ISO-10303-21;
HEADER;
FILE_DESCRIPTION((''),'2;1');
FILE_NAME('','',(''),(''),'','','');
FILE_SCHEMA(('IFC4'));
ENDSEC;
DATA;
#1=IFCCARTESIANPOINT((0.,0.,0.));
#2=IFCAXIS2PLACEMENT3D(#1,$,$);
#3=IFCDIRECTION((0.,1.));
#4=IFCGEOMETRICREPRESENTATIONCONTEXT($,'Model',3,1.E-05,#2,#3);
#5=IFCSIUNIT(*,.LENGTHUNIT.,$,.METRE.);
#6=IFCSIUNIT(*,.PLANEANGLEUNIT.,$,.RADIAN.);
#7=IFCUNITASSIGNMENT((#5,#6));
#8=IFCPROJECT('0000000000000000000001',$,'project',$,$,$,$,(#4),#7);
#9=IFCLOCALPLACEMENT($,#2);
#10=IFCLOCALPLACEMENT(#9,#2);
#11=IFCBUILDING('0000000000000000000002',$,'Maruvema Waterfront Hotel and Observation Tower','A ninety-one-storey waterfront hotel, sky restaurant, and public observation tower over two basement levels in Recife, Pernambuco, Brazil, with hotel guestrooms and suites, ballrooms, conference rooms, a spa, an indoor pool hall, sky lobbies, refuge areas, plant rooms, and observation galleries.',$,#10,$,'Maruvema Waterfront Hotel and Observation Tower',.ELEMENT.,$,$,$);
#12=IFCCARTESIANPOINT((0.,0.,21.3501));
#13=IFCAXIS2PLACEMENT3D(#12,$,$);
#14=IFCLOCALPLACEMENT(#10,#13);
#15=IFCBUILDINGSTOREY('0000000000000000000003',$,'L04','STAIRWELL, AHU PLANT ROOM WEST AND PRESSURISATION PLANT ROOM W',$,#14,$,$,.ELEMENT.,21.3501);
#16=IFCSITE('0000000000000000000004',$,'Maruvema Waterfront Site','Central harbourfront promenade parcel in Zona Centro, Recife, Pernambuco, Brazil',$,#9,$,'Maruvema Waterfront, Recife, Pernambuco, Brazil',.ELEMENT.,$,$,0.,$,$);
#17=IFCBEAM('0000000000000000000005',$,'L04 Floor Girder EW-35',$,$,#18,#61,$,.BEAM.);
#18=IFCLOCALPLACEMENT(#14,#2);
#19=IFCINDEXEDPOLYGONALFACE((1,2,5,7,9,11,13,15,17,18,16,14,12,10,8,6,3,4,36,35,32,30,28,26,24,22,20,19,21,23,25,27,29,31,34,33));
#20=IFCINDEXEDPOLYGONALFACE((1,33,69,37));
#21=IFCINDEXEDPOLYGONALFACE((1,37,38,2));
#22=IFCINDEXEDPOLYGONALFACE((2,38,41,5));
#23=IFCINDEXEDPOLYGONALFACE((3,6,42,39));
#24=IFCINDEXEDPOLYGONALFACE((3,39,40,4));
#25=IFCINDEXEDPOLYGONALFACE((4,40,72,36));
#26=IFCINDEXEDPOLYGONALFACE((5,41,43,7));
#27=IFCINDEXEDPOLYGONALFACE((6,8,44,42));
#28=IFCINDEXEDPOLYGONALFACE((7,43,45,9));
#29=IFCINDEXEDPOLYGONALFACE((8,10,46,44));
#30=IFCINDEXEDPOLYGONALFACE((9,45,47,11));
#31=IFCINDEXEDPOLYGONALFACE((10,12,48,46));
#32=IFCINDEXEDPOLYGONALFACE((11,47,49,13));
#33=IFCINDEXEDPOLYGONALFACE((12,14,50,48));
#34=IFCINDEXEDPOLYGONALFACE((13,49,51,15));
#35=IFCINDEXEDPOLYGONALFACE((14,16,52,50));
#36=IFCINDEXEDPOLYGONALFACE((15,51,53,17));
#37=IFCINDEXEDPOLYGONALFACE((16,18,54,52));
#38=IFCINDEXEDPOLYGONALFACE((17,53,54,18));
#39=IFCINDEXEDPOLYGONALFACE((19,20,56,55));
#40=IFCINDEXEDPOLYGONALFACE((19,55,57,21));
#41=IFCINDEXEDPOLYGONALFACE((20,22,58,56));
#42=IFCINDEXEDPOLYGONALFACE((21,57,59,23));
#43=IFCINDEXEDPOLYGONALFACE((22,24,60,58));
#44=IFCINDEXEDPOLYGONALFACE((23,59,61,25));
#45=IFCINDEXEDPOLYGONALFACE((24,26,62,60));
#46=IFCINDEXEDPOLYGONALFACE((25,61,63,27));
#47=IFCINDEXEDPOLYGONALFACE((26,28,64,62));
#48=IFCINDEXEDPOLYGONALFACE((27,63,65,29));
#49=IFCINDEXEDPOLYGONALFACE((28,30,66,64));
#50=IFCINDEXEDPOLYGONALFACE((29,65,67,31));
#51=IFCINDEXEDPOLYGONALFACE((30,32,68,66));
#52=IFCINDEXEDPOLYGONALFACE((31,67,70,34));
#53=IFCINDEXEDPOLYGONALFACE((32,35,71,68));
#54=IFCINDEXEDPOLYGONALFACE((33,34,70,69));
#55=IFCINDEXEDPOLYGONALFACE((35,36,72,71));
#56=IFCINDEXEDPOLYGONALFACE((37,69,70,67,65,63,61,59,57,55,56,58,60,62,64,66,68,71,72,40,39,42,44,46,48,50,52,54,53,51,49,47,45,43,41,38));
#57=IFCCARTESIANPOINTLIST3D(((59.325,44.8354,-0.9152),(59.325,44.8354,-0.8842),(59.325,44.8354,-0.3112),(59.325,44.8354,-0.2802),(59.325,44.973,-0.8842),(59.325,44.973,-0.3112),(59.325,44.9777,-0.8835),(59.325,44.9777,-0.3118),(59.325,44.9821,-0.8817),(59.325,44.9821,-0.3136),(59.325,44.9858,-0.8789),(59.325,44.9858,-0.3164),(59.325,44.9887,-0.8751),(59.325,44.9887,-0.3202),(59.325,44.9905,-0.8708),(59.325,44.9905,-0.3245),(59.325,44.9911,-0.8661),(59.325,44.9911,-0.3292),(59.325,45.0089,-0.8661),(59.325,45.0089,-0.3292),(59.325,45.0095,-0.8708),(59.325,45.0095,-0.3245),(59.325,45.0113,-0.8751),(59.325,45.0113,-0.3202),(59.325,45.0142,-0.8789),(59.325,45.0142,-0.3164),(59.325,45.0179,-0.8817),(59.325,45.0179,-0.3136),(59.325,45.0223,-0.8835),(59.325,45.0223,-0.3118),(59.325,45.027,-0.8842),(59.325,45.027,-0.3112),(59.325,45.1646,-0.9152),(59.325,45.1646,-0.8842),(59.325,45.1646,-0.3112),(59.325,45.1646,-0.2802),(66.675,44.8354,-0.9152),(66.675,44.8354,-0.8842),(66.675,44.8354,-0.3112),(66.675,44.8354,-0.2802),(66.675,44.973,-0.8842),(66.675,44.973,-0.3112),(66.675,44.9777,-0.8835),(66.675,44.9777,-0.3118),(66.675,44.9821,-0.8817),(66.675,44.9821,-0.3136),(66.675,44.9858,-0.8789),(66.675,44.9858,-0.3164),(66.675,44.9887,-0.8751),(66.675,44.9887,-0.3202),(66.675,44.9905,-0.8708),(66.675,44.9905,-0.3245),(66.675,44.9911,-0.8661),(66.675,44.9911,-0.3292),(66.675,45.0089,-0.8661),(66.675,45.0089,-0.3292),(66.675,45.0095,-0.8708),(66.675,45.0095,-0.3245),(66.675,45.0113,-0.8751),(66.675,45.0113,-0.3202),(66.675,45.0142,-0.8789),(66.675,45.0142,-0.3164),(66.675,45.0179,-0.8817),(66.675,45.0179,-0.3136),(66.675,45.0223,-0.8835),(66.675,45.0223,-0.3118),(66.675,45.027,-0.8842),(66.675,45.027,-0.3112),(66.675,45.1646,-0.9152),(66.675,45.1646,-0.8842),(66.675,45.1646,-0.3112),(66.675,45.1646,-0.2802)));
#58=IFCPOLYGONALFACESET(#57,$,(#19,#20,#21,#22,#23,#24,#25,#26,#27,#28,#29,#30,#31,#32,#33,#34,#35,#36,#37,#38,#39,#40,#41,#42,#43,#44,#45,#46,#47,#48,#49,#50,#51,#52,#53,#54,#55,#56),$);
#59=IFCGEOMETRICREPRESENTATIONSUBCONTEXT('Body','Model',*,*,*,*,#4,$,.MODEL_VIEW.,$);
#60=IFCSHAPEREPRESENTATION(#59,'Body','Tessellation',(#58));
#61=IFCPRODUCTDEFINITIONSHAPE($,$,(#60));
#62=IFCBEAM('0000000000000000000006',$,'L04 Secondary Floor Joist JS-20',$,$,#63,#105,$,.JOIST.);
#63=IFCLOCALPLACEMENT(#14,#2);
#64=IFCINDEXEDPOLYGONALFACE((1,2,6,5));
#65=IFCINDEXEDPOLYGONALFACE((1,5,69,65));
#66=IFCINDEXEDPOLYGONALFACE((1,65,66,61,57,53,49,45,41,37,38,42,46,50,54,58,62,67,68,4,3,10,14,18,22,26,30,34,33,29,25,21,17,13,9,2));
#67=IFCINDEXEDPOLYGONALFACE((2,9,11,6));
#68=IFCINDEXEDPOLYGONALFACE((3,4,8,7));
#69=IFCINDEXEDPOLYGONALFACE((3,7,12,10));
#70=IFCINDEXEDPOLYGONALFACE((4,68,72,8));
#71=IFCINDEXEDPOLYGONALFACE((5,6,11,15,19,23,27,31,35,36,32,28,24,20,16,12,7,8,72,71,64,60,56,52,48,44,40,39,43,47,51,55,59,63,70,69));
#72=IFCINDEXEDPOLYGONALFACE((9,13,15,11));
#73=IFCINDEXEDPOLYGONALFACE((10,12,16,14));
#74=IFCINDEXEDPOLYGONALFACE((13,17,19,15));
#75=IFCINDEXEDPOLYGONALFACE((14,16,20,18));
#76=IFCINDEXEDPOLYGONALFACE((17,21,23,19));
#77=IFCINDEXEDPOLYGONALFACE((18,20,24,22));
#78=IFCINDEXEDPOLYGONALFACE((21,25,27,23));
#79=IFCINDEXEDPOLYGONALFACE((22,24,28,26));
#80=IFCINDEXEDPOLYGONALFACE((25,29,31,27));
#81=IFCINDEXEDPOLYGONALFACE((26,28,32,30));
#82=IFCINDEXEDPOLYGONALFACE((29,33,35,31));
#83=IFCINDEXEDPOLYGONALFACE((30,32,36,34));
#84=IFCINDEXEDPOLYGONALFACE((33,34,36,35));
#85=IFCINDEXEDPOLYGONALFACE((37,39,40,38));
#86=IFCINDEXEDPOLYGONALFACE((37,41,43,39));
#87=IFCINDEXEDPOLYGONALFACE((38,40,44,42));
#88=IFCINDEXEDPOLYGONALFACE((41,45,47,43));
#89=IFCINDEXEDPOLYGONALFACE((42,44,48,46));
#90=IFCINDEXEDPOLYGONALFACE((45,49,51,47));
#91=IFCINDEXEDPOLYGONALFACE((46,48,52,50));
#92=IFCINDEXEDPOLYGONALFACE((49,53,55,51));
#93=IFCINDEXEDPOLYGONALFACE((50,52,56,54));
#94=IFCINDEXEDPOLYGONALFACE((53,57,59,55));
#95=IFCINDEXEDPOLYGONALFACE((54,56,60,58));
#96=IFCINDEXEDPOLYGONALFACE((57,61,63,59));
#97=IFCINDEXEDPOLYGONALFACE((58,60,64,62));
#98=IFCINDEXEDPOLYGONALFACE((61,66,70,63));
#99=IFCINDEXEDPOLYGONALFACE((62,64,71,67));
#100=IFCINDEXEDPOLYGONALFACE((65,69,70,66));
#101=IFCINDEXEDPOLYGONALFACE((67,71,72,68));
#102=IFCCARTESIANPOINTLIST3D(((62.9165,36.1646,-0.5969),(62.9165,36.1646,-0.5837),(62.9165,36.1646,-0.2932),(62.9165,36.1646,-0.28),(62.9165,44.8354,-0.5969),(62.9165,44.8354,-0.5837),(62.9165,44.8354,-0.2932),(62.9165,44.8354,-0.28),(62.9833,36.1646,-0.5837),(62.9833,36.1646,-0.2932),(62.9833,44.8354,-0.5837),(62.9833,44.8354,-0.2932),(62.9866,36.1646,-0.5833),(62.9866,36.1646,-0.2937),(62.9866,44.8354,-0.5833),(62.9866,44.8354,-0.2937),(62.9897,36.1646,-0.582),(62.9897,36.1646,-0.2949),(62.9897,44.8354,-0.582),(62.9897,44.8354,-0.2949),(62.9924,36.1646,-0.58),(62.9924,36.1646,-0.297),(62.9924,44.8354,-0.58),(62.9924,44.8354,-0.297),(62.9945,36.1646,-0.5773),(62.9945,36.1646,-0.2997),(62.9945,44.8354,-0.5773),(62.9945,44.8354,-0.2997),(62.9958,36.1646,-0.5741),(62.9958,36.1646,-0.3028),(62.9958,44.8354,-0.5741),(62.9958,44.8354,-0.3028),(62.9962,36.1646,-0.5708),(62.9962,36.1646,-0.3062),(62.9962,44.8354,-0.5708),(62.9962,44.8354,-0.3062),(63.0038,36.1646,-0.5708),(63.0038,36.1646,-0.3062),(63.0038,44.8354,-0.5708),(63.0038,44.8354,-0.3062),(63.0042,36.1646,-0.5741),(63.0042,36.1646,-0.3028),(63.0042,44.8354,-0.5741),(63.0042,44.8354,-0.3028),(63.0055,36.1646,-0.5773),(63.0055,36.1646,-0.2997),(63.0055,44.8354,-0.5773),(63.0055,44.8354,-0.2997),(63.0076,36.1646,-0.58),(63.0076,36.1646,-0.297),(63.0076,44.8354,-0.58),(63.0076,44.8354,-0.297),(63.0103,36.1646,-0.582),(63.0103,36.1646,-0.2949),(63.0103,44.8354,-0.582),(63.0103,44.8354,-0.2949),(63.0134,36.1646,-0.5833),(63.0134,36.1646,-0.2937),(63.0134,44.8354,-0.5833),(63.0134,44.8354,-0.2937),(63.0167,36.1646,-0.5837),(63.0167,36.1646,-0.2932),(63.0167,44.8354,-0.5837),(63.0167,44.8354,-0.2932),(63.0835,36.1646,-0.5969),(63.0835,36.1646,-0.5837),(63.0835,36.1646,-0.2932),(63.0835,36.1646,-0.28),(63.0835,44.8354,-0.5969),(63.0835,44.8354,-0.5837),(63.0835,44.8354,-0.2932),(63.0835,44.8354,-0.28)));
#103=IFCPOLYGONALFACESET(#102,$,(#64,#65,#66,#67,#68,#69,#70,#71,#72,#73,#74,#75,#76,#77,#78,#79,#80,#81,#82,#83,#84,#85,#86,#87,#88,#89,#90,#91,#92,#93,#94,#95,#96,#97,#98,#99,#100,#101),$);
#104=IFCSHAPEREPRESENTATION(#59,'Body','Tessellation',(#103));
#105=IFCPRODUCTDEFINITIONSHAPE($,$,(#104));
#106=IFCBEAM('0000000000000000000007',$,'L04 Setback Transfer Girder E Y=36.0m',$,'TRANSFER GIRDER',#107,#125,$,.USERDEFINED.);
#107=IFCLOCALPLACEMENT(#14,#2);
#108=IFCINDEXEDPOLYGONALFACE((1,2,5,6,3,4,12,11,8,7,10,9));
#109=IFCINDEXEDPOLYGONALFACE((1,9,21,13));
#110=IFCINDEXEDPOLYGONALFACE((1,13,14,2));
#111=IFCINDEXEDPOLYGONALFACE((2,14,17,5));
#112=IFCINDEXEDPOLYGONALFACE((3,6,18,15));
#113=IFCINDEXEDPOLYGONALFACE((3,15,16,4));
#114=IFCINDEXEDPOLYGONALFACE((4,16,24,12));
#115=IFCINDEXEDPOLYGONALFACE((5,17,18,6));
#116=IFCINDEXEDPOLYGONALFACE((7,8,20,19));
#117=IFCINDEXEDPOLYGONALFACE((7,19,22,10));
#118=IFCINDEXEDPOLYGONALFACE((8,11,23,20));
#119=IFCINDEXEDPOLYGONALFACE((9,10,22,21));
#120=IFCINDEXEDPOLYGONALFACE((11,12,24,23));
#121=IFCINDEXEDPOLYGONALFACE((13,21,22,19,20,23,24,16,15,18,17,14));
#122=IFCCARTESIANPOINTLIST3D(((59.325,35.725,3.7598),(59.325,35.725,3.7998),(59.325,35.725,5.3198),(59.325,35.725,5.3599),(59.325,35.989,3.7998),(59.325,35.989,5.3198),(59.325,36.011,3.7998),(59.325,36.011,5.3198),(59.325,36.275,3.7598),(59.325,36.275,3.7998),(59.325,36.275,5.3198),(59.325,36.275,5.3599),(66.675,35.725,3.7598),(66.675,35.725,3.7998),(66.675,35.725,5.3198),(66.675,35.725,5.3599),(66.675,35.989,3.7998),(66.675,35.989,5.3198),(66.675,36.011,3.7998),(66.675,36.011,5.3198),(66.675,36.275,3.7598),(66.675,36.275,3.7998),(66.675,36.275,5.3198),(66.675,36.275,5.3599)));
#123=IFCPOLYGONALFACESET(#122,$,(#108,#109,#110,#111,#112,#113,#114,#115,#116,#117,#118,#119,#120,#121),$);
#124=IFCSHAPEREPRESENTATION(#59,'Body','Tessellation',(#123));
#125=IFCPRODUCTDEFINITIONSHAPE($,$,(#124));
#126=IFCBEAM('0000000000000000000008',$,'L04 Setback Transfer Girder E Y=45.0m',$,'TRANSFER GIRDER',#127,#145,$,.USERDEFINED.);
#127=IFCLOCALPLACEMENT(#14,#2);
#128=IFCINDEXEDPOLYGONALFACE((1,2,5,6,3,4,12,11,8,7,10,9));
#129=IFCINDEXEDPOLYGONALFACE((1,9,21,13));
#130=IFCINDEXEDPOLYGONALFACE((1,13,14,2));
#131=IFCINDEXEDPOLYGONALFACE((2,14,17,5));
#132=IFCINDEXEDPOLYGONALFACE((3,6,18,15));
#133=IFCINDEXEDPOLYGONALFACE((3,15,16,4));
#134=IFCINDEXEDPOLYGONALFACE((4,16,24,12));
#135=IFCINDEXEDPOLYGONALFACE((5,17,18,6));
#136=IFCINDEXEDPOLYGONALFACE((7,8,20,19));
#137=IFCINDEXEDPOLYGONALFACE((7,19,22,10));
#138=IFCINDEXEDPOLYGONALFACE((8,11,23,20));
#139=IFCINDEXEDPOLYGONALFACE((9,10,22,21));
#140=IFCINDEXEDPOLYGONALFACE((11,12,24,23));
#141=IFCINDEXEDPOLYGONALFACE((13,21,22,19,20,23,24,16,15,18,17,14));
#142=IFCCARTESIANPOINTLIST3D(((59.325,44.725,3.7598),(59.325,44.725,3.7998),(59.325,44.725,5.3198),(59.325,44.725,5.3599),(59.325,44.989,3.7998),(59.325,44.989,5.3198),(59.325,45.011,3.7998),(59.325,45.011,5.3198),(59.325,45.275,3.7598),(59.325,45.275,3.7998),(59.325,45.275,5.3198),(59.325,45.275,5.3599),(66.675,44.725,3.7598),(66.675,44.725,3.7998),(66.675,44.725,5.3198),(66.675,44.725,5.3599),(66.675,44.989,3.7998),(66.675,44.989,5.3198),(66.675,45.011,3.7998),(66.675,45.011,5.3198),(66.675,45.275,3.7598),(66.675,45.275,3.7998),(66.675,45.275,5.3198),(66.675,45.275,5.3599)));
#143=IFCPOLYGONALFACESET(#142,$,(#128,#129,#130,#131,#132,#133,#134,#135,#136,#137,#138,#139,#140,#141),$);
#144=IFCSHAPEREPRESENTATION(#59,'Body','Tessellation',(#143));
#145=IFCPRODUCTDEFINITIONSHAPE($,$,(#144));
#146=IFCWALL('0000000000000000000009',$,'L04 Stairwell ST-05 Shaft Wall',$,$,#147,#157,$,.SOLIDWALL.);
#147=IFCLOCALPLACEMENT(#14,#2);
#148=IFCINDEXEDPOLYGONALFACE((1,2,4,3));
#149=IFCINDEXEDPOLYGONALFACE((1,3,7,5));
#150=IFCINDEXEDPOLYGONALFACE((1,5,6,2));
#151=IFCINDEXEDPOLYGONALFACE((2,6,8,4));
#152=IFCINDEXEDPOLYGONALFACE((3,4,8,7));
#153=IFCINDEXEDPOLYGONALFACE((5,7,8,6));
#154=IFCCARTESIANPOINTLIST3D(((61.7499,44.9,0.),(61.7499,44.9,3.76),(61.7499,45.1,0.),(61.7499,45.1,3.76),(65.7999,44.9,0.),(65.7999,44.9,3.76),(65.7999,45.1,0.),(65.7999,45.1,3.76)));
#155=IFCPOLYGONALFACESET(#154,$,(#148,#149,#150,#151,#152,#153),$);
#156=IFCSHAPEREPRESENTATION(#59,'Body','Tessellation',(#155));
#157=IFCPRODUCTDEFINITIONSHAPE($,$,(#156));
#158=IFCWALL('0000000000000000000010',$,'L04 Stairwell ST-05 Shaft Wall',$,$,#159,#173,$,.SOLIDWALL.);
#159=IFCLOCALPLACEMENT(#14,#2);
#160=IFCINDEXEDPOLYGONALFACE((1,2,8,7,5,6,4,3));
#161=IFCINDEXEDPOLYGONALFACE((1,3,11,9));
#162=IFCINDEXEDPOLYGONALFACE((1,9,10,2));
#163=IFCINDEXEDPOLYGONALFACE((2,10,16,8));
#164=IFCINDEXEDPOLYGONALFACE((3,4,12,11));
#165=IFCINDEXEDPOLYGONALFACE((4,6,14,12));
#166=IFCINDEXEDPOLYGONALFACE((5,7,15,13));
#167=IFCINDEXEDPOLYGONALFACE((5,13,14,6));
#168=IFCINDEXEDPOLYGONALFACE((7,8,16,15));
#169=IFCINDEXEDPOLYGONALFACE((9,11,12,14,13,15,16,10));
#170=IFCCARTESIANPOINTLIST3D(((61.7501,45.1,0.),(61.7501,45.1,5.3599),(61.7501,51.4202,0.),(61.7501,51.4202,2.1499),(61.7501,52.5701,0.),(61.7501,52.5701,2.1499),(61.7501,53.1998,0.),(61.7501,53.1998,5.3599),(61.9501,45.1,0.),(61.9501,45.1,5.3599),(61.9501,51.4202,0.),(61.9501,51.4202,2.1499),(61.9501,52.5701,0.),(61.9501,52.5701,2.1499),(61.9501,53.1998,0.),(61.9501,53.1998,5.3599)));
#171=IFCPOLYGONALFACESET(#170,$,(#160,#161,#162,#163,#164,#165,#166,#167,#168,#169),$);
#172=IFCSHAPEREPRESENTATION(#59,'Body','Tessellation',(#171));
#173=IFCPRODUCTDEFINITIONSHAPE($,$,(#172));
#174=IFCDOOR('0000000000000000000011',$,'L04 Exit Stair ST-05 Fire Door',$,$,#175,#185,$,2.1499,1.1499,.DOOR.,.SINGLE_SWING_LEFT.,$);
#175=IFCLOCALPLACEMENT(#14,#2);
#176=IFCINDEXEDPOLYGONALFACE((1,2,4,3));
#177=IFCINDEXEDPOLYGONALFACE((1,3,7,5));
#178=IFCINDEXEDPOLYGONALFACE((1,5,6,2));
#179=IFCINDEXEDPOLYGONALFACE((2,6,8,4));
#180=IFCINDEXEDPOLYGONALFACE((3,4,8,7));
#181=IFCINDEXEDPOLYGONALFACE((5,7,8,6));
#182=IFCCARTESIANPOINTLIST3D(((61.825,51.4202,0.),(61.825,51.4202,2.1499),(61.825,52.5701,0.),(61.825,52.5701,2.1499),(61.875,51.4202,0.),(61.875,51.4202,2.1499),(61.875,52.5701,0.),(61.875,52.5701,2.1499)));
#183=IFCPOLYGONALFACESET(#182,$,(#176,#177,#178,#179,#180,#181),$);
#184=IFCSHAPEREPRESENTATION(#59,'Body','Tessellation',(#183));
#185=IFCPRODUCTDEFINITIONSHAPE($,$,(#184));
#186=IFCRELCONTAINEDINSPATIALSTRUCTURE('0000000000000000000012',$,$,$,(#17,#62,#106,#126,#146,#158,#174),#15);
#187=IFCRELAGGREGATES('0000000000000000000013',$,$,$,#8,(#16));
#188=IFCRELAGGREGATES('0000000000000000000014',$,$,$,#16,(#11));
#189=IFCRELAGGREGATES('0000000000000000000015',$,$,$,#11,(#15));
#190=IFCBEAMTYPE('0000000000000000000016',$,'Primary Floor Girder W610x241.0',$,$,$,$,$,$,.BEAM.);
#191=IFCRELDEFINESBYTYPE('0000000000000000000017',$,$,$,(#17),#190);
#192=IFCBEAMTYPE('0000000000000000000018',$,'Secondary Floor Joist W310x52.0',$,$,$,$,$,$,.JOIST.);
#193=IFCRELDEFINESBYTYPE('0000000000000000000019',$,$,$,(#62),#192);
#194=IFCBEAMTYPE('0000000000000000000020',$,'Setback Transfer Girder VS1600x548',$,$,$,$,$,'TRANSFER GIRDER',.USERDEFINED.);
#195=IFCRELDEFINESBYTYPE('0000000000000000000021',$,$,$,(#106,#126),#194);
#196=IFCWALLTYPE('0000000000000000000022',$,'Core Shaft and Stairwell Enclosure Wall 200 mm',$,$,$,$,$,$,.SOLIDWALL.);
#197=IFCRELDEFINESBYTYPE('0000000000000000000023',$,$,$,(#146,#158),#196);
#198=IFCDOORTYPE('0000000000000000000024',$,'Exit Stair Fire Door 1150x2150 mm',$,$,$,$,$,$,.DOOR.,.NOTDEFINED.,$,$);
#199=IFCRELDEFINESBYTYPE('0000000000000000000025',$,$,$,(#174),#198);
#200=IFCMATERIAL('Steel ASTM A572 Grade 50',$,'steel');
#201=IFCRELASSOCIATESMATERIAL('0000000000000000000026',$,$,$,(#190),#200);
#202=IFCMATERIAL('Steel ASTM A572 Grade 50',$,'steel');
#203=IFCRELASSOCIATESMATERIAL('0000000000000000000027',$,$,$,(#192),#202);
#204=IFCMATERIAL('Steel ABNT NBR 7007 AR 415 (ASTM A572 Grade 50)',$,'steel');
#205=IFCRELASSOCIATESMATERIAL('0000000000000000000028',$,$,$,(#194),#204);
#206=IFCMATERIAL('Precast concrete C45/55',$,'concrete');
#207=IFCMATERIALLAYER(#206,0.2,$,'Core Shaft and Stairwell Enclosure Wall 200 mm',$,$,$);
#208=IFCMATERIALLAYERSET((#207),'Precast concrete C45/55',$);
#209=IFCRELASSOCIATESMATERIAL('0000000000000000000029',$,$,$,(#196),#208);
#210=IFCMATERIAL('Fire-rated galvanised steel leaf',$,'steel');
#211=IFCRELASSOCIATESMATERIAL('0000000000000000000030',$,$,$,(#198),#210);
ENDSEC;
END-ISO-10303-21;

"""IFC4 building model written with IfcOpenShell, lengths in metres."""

from ifc_helpers import new_model, si_unit, direction, frame, frame_2d, origin, origin_2d, place, context, subcontext, project, spatial, rectangle, i_section, extrude, material, layer, layer_set, material_profile, profile_set, type_object, element, fill, save


model = new_model("IFC4")

# Units and contexts
model_context = context("Model", 3, precision=1e-05, world=origin(), true_north=direction((0.0, 1.0)))
body_context = subcontext(model_context, "Body", "Model", "MODEL_VIEW")
ifc_project = project(units=[si_unit("LENGTHUNIT", "METRE"), si_unit("PLANEANGLEUNIT", "RADIAN")], contexts=[model_context])

# Site, building, storey
site_placement = place(None, origin())
site = spatial("IfcSite", under=ifc_project, at=site_placement, Name="Maruvema Waterfront Site", Description="Central harbourfront promenade parcel in Zona Centro, Recife, Pernambuco, Brazil", LongName="Maruvema Waterfront, Recife, Pernambuco, Brazil", CompositionType="ELEMENT", RefElevation=0.0)
building_placement = place(site_placement, origin())
building = spatial("IfcBuilding", under=site, at=building_placement, Name="Maruvema Waterfront Hotel and Observation Tower", Description="A ninety-one-storey waterfront hotel, sky restaurant, and public observation tower over two basement levels in Recife, Pernambuco, Brazil, with hotel guestrooms and suites, ballrooms, conference rooms, a spa, an indoor pool hall, sky lobbies, refuge areas, plant rooms, and observation galleries.", LongName="Maruvema Waterfront Hotel and Observation Tower", CompositionType="ELEMENT")
storey_placement = place(building_placement, frame((0.0, 0.0, 21.3501)))
storey = spatial("IfcBuildingStorey", under=building, at=storey_placement, Name="L04", Description="STAIRWELL, AHU PLANT ROOM WEST AND PRESSURISATION PLANT ROOM W", CompositionType="ELEMENT", Elevation=21.3501)

# Beams
ifc_material_1 = material(Name="Steel ASTM A572 Grade 50", Category="steel")
ifc_material_profile_1 = material_profile(ifc_material_1, i_section(OverallWidth=0.3291, OverallDepth=0.635, WebThickness=0.0178, FlangeThickness=0.031, FilletRadius=0.0181, at=origin_2d()), Name="W610x241.0")
ifc_profile_set_1 = profile_set([ifc_material_profile_1], Name="Steel ASTM A572 Grade 50")
beam_type_1 = type_object("IfcBeamType", Name="Primary Floor Girder W610x241.0", PredefinedType="BEAM", material=ifc_profile_set_1)
beam_1_placement = place(storey_placement, frame((59.325, 45.0, -0.5977), z_axis=(1.0, 0.0, 0.0), x_axis=(0.0, 1.0, 0.0)))
element("IfcBeam", 1, at=beam_1_placement, inside=storey, type_object=beam_type_1, Name="L04 Floor Girder EW-35", PredefinedType="BEAM", context=body_context, shape_type="SweptSolid", body=[
    extrude(i_section(OverallWidth=0.3291, OverallDepth=0.635, WebThickness=0.0178, FlangeThickness=0.031, FilletRadius=0.0181, at=origin_2d()), origin(), (0.0, 0.0, 1.0), 7.3501),
])
ifc_material_2 = material(Name="Steel ASTM A572 Grade 50", Category="steel")
ifc_material_profile_2 = material_profile(ifc_material_2, i_section(OverallWidth=0.167, OverallDepth=0.3169, WebThickness=0.0076, FlangeThickness=0.0132, FilletRadius=0.0129, at=origin_2d()), Name="W310x52.0")
ifc_profile_set_2 = profile_set([ifc_material_profile_2], Name="Steel ASTM A572 Grade 50")
beam_type_2 = type_object("IfcBeamType", Name="Secondary Floor Joist W310x52.0", PredefinedType="JOIST", material=ifc_profile_set_2)
beam_2_placement = place(storey_placement, frame((63.0, 36.1646, -0.4385), z_axis=(0.0, 1.0, 0.0), x_axis=(-1.0, 0.0, 0.0)))
element("IfcBeam", 2, at=beam_2_placement, inside=storey, type_object=beam_type_2, Name="L04 Secondary Floor Joist JS-20", PredefinedType="JOIST", context=body_context, shape_type="SweptSolid", body=[
    extrude(i_section(OverallWidth=0.167, OverallDepth=0.3169, WebThickness=0.0076, FlangeThickness=0.0132, FilletRadius=0.0129, at=origin_2d()), origin(), (0.0, 0.0, 1.0), 8.6709),
])
ifc_material_3 = material(Name="Steel ABNT NBR 7007 AR 415 (ASTM A572 Grade 50)", Category="steel")
ifc_material_profile_3 = material_profile(ifc_material_3, i_section(OverallWidth=0.55, OverallDepth=1.6001, WebThickness=0.022, FlangeThickness=0.04, at=origin_2d()), Name="VS1600x548")
ifc_profile_set_3 = profile_set([ifc_material_profile_3], Name="Steel ABNT NBR 7007 AR 415 (ASTM A572 Grade 50)")
beam_type_3 = type_object("IfcBeamType", Name="Setback Transfer Girder VS1600x548", ElementType="TRANSFER GIRDER", PredefinedType="USERDEFINED", material=ifc_profile_set_3)
for number, where, z_axis, x_axis, name in (
    (3, (59.325, 36.0, 4.5598), (1.0, 0.0, 0.0), (0.0, 1.0, 0.0), "L04 Setback Transfer Girder E Y=36.0m"),
    (4, (59.325, 45.0, 4.5598), (1.0, 0.0, 0.0), (0.0, 1.0, 0.0), "L04 Setback Transfer Girder E Y=45.0m"),
):
    element("IfcBeam", number, at=place(storey_placement, frame(where, z_axis=z_axis, x_axis=x_axis)), inside=storey, type_object=beam_type_3, Name=name, ObjectType="TRANSFER GIRDER", PredefinedType="USERDEFINED", context=body_context, shape_type="SweptSolid", body=[
        extrude(i_section(OverallWidth=0.55, OverallDepth=1.6001, WebThickness=0.022, FlangeThickness=0.04, at=origin_2d()), origin(), (0.0, 0.0, 1.0), 7.3501),
    ])

# Wall
ifc_material_4 = material(Name="Precast concrete C45/55", Category="concrete")
ifc_layer_1 = layer(ifc_material_4, 0.2, Name="Core Shaft and Stairwell Enclosure Wall 200 mm")
ifc_layer_set_1 = layer_set([ifc_layer_1], Name="Precast concrete C45/55")
wall_type_1 = type_object("IfcWallType", Name="Core Shaft and Stairwell Enclosure Wall 200 mm", PredefinedType="SOLIDWALL", material=ifc_layer_set_1)
wall_1_placement = place(storey_placement, frame((61.75, 45.0, 0.0), z_axis=(0.0, 0.0, 1.0), x_axis=(1.0, 0.0, 0.0)))
element("IfcWall", 5, at=wall_1_placement, inside=storey, type_object=wall_type_1, Name="L04 Stairwell ST-05 Shaft Wall", PredefinedType="SOLIDWALL", context=body_context, shape_type="SweptSolid", body=[
    extrude(rectangle(XDim=4.05, YDim=0.2, at=frame_2d((2.0249, 0.0))), origin(), (0.0, 0.0, 1.0), 3.76),
])

# Wall, opening, door
wall_2_placement = place(storey_placement, frame((61.8501, 45.1001, 0.0), z_axis=(0.0, 0.0, 1.0), x_axis=(0.0, 1.0, 0.0)))
wall_2 = element("IfcWall", 6, at=wall_2_placement, inside=storey, type_object=wall_type_1, Name="L04 Stairwell ST-05 Shaft Wall", PredefinedType="SOLIDWALL", context=body_context, shape_type="SweptSolid", body=[
    extrude(rectangle(XDim=8.0999, YDim=0.2, at=frame_2d((4.0498, 0.0))), origin(), (0.0, 0.0, 1.0), 5.3599),
])
opening_1_placement = place(wall_2_placement, frame((6.3201, 0.0, 0.0)))
opening_1 = element("IfcOpeningElement", 7, at=opening_1_placement, cuts=wall_2, PredefinedType="OPENING", context=body_context, shape_type="SweptSolid", body=[
    extrude(rectangle(XDim=1.1499, YDim=2.1499, at=frame_2d((0.575, 1.075))), frame((0.0, 0.1099, 0.0), z_axis=(0.0, -1.0, 0.0), x_axis=(1.0, 0.0, 0.0)), (0.0, 0.0, 1.0), 0.22),
])
ifc_material_5 = material(Name="Fire-rated galvanised steel leaf", Category="steel")
door_type_1 = type_object("IfcDoorType", Name="Exit Stair Fire Door 1150x2150 mm", OperationType="NOTDEFINED", PredefinedType="DOOR", material=ifc_material_5)
door_1_placement = place(opening_1_placement, frame((1.1499, 0.0, 0.0), z_axis=(0.0, 0.0, 1.0), x_axis=(-1.0, 0.0, 0.0)))
door_1 = element("IfcDoor", 8, at=door_1_placement, inside=storey, type_object=door_type_1, Name="L04 Exit Stair ST-05 Fire Door", OperationType="SINGLE_SWING_LEFT", OverallHeight=2.1499, OverallWidth=1.1499, PredefinedType="DOOR", context=body_context, shape_type="SweptSolid", body=[
    extrude(rectangle(XDim=1.1499, YDim=2.1499, at=frame_2d((0.575, 1.075))), frame((0.0, 0.0249, 0.0), z_axis=(0.0, -1.0, 0.0), x_axis=(1.0, 0.0, 0.0)), (0.0, 0.0, 1.0), 0.05),
])
fill(opening_1, door_1)

save(model, "model.ifc")
